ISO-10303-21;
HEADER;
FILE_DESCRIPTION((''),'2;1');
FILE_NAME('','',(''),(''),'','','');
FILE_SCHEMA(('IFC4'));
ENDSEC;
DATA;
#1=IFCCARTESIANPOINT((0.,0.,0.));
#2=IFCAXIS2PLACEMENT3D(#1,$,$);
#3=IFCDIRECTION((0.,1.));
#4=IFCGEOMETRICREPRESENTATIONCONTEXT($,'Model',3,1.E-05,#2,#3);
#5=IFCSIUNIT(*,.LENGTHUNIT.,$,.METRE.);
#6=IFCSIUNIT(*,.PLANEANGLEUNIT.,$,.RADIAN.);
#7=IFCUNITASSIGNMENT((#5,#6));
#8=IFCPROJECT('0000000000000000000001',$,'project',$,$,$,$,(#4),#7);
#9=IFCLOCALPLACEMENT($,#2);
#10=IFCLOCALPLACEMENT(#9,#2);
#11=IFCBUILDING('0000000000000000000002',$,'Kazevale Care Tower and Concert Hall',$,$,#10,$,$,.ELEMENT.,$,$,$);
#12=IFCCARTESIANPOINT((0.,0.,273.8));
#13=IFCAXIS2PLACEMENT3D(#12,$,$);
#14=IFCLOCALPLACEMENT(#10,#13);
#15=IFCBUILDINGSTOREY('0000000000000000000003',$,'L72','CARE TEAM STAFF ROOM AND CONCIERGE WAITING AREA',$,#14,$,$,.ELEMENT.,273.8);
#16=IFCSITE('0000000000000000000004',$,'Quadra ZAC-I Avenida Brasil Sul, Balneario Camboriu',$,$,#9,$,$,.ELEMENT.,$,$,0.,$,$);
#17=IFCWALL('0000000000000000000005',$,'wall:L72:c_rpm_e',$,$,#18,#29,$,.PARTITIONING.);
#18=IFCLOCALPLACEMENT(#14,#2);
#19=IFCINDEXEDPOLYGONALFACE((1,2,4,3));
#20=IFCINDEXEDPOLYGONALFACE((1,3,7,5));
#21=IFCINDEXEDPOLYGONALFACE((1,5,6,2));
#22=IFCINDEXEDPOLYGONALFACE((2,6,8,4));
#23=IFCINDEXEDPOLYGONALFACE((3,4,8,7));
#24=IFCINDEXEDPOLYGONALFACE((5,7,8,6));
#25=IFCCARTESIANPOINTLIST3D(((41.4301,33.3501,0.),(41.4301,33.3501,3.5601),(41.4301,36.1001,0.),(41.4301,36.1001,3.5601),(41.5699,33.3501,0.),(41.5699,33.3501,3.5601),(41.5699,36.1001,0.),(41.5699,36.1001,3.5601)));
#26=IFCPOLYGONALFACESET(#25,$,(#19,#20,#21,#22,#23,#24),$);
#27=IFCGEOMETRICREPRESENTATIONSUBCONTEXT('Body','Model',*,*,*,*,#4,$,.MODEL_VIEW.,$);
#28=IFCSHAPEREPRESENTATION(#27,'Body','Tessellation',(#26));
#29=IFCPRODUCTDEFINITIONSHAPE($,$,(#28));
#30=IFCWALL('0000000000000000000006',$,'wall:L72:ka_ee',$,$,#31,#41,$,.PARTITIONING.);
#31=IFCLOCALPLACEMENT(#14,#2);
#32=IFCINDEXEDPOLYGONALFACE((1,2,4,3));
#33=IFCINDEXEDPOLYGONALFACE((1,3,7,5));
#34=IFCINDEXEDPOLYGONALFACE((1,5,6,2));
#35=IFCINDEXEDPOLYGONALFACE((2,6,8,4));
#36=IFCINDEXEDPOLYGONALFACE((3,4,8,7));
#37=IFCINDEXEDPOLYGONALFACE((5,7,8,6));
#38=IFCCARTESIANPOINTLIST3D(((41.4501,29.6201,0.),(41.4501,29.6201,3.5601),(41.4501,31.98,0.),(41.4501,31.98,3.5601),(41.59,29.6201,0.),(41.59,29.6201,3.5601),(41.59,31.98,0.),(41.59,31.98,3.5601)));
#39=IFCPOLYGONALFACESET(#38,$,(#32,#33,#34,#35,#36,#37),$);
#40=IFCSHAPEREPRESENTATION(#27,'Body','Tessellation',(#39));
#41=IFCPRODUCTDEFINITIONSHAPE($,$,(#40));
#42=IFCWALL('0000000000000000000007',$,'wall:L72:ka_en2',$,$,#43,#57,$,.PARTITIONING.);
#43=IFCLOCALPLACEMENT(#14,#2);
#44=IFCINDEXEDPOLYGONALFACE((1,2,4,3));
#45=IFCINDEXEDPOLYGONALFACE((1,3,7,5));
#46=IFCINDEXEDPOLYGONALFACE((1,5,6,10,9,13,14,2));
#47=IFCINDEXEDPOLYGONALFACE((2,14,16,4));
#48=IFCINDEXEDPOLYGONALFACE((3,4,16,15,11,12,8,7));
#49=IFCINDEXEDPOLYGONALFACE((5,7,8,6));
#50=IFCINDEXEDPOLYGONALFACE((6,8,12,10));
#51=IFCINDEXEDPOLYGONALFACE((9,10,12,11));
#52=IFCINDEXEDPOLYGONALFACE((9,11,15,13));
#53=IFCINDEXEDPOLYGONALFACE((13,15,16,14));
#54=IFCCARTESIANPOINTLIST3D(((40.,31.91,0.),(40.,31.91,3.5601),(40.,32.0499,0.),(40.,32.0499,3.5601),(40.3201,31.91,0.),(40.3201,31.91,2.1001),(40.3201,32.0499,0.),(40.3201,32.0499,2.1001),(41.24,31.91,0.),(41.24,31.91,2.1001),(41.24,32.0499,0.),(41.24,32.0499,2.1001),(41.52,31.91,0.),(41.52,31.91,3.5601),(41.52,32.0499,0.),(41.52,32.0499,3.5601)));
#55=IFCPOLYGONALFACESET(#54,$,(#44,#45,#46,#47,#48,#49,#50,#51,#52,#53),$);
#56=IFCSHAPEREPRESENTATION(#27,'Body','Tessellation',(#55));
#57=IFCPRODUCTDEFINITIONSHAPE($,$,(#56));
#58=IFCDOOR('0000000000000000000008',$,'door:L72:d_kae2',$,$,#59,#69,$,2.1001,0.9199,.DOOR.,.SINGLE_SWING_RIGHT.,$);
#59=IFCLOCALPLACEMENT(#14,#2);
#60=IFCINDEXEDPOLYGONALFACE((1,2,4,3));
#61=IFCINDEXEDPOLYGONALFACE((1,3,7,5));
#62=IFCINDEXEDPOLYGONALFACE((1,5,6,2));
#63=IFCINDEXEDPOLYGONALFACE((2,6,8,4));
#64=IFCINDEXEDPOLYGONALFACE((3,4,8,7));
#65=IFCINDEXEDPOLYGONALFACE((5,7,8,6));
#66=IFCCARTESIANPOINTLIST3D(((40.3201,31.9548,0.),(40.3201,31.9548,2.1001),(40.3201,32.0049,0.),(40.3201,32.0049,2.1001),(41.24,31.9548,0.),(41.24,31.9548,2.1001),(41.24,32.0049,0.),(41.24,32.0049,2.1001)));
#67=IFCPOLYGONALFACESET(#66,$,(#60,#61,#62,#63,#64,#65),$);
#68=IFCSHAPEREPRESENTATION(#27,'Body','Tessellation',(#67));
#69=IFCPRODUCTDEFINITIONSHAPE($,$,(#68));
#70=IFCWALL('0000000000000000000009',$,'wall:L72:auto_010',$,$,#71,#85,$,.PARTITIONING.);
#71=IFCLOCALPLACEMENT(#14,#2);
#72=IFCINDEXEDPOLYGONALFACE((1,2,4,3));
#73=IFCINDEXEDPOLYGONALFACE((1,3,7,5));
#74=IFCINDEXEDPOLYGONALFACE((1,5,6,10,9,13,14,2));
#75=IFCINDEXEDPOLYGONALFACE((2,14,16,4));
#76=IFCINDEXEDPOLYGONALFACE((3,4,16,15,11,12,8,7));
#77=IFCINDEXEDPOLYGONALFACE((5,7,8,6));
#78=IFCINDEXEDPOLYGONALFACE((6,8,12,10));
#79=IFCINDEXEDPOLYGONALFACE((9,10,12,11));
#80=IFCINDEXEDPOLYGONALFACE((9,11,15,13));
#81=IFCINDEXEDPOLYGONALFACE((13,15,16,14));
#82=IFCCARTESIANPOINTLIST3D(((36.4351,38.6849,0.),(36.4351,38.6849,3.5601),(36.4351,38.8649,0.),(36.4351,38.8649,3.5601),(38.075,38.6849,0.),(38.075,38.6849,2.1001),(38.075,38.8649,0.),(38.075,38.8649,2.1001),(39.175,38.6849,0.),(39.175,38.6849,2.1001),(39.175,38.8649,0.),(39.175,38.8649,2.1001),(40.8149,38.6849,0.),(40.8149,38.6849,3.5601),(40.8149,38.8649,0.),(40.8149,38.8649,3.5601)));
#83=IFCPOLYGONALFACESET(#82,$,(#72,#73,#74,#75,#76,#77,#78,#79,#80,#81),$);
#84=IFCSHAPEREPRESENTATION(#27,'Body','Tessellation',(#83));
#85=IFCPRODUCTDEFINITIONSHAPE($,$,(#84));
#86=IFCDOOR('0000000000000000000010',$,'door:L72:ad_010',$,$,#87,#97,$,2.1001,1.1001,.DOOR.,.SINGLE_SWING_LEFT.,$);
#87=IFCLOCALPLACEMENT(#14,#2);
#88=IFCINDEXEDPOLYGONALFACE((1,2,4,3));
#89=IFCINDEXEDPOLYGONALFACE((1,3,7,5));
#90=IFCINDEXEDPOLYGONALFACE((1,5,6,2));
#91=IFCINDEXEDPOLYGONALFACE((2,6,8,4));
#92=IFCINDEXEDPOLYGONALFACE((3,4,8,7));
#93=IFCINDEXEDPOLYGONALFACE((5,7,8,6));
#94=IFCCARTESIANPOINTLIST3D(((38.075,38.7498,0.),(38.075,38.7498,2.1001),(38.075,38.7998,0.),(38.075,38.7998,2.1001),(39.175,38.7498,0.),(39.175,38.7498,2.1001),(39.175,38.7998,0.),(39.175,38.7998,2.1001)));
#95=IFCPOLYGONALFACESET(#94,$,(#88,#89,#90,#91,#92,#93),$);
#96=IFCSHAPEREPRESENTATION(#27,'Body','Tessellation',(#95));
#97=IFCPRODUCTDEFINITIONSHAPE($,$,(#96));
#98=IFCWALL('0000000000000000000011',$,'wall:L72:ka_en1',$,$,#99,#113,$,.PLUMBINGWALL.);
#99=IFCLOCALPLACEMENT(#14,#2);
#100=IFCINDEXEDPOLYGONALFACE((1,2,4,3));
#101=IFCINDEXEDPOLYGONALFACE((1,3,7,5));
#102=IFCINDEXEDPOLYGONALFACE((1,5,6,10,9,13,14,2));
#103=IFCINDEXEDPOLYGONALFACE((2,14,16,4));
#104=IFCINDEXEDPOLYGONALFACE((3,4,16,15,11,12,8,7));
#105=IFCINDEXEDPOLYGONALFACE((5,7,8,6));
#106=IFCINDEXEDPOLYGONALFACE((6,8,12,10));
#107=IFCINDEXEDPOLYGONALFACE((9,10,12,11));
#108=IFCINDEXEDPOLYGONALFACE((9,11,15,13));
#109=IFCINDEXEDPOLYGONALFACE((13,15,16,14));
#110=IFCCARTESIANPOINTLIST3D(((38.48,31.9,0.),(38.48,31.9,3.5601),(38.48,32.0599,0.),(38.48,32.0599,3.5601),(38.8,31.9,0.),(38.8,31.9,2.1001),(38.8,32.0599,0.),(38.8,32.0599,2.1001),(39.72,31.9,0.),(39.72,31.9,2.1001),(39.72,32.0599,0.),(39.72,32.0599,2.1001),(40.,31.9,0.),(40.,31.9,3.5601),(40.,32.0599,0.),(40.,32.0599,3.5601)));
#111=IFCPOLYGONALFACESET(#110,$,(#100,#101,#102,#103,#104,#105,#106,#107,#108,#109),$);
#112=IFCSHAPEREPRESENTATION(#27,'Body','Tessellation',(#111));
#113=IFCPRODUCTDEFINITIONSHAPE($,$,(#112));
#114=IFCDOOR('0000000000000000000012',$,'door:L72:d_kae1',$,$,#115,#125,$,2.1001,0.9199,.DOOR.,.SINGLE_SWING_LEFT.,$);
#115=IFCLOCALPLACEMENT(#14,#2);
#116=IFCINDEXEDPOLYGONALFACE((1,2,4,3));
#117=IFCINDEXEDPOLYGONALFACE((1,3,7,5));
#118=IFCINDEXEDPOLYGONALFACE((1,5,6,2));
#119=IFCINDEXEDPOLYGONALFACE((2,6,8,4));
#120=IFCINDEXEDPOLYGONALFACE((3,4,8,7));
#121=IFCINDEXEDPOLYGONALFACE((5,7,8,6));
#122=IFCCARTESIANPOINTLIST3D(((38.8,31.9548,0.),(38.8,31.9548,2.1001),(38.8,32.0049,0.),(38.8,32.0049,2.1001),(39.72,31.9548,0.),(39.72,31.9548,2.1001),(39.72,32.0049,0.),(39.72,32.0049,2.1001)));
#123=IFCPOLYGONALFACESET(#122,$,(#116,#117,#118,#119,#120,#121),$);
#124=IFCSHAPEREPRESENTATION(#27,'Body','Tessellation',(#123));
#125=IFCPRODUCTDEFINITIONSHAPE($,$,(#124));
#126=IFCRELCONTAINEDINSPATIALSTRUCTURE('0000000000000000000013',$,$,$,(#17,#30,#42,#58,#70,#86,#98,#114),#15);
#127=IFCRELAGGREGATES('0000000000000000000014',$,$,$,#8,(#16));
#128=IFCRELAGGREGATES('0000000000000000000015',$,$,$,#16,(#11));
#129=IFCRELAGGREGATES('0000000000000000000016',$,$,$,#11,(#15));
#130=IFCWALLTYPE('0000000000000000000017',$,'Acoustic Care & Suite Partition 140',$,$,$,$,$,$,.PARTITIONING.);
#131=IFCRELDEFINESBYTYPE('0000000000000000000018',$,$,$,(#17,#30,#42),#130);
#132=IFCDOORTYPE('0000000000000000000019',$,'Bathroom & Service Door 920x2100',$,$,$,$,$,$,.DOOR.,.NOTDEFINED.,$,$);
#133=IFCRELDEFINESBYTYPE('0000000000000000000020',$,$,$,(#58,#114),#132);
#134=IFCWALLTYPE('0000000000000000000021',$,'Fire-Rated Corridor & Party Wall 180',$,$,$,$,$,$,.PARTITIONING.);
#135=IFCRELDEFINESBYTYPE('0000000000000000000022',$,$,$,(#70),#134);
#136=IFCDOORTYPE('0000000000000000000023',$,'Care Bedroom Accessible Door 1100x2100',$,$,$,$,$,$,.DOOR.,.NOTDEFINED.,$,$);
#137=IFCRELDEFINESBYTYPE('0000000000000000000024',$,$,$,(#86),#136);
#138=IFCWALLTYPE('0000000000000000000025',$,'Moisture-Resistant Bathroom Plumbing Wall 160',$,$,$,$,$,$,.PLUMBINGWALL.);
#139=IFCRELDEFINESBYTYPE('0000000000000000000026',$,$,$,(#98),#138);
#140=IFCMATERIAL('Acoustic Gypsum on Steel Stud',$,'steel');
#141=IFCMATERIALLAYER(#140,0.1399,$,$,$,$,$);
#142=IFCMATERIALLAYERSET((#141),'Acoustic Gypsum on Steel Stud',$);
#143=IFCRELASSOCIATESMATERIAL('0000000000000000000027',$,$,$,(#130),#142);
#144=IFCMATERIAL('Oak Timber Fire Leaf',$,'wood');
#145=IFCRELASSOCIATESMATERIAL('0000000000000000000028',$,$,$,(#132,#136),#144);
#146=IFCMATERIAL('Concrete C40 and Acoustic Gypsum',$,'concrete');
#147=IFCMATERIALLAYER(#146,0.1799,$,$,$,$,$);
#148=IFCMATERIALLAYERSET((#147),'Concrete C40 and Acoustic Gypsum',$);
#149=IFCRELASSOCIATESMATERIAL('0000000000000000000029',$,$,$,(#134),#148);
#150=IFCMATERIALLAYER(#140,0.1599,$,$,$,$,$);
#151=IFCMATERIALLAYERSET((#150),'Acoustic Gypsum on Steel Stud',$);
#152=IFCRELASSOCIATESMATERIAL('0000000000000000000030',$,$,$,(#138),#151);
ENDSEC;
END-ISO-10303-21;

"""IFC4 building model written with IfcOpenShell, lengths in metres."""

from ifc_helpers import new_model, si_unit, direction, frame, frame_2d, origin, place, context, subcontext, project, spatial, rectangle, extrude, material, layer, layer_set, type_object, element, fill, save


model = new_model("IFC4")

# Units and contexts
model_context = context("Model", 3, precision=1e-05, world=origin(), true_north=direction((0.0, 1.0)))
body_context = subcontext(model_context, "Body", "Model", "MODEL_VIEW")
ifc_project = project(units=[si_unit("LENGTHUNIT", "METRE"), si_unit("PLANEANGLEUNIT", "RADIAN")], contexts=[model_context])

# Site, building, storey
site_placement = place(None, origin())
site = spatial("IfcSite", under=ifc_project, at=site_placement, Name="Quadra ZAC-I Avenida Brasil Sul, Balneario Camboriu", CompositionType="ELEMENT", RefElevation=0.0)
building_placement = place(site_placement, origin())
building = spatial("IfcBuilding", under=site, at=building_placement, Name="Kazevale Care Tower and Concert Hall", CompositionType="ELEMENT")
storey_placement = place(building_placement, frame((0.0, 0.0, 273.8)))
storey = spatial("IfcBuildingStorey", under=building, at=storey_placement, Name="L72", Description="CARE TEAM STAFF ROOM AND CONCIERGE WAITING AREA", CompositionType="ELEMENT", Elevation=273.8)

# Shared definitions
ifc_material_1 = material(Name="Acoustic Gypsum on Steel Stud", Category="steel")
ifc_layer_1 = layer(ifc_material_1, 0.1399)
ifc_layer_set_1 = layer_set([ifc_layer_1], Name="Acoustic Gypsum on Steel Stud")
wall_type_1 = type_object("IfcWallType", Name="Acoustic Care & Suite Partition 140", PredefinedType="PARTITIONING", material=ifc_layer_set_1)
ifc_material_2 = material(Name="Oak Timber Fire Leaf", Category="wood")
door_type_1 = type_object("IfcDoorType", Name="Bathroom & Service Door 920x2100", OperationType="NOTDEFINED", PredefinedType="DOOR", material=ifc_material_2)

# Walls
for number, where, z_axis, x_axis, name in (
    (1, (41.5, 33.3501, 0.0), (0.0, 0.0, 1.0), (0.0, 1.0, 0.0), "wall:L72:c_rpm_e"),
):
    element("IfcWall", number, at=place(storey_placement, frame(where, z_axis=z_axis, x_axis=x_axis)), inside=storey, type_object=wall_type_1, Name=name, PredefinedType="PARTITIONING", context=body_context, shape_type="SweptSolid", body=[
        extrude(rectangle(XDim=2.75, YDim=0.1399, at=frame_2d((1.375, 0.0))), origin(), (0.0, 0.0, 1.0), 3.5601),
    ])
wall_1_placement = place(storey_placement, frame((41.52, 29.6201, 0.0), z_axis=(0.0, 0.0, 1.0), x_axis=(0.0, 1.0, 0.0)))
element("IfcWall", 2, at=wall_1_placement, inside=storey, type_object=wall_type_1, Name="wall:L72:ka_ee", PredefinedType="PARTITIONING", context=body_context, shape_type="SweptSolid", body=[
    extrude(rectangle(XDim=2.3599, YDim=0.1399, at=frame_2d((1.1799, 0.0))), origin(), (0.0, 0.0, 1.0), 3.5601),
])

# Walls, openings, doors
wall_2_placement = place(storey_placement, frame((40.0, 31.98, 0.0), z_axis=(0.0, 0.0, 1.0), x_axis=(1.0, 0.0, 0.0)))
wall_2 = element("IfcWall", 3, at=wall_2_placement, inside=storey, type_object=wall_type_1, Name="wall:L72:ka_en2", PredefinedType="PARTITIONING", context=body_context, shape_type="SweptSolid", body=[
    extrude(rectangle(XDim=1.52, YDim=0.1399, at=frame_2d((0.76, 0.0))), origin(), (0.0, 0.0, 1.0), 3.5601),
])
opening_1_placement = place(wall_2_placement, frame((0.3201, 0.0, 0.0)))
opening_1 = element("IfcOpeningElement", 4, at=opening_1_placement, cuts=wall_2, PredefinedType="OPENING", context=body_context, shape_type="SweptSolid", body=[
    extrude(rectangle(XDim=0.9199, YDim=2.1001, at=frame_2d((0.46, 1.05))), frame((0.0, 0.0798, 0.0), z_axis=(0.0, -1.0, 0.0), x_axis=(1.0, 0.0, 0.0)), (0.0, 0.0, 1.0), 0.1599),
])
door_1_placement = place(opening_1_placement, origin())
door_1 = element("IfcDoor", 5, at=door_1_placement, inside=storey, type_object=door_type_1, Name="door:L72:d_kae2", OperationType="SINGLE_SWING_RIGHT", OverallHeight=2.1001, OverallWidth=0.9199, PredefinedType="DOOR", context=body_context, shape_type="SweptSolid", body=[
    extrude(rectangle(XDim=0.9199, YDim=2.1001, at=frame_2d((0.46, 1.05))), frame((0.0, 0.0249, 0.0), z_axis=(0.0, -1.0, 0.0), x_axis=(1.0, 0.0, 0.0)), (0.0, 0.0, 1.0), 0.05),
])
fill(opening_1, door_1)
ifc_material_3 = material(Name="Concrete C40 and Acoustic Gypsum", Category="concrete")
ifc_layer_2 = layer(ifc_material_3, 0.1799)
ifc_layer_set_2 = layer_set([ifc_layer_2], Name="Concrete C40 and Acoustic Gypsum")
wall_type_2 = type_object("IfcWallType", Name="Fire-Rated Corridor & Party Wall 180", PredefinedType="PARTITIONING", material=ifc_layer_set_2)
wall_3_placement = place(storey_placement, frame((36.4351, 38.7749, 0.0), z_axis=(0.0, 0.0, 1.0), x_axis=(1.0, 0.0, 0.0)))
wall_3 = element("IfcWall", 6, at=wall_3_placement, inside=storey, type_object=wall_type_2, Name="wall:L72:auto_010", PredefinedType="PARTITIONING", context=body_context, shape_type="SweptSolid", body=[
    extrude(rectangle(XDim=4.3799, YDim=0.1799, at=frame_2d((2.1899, 0.0))), origin(), (0.0, 0.0, 1.0), 3.5601),
])
opening_2_placement = place(wall_3_placement, frame((1.6399, 0.0, 0.0)))
opening_2 = element("IfcOpeningElement", 7, at=opening_2_placement, cuts=wall_3, PredefinedType="OPENING", context=body_context, shape_type="SweptSolid", body=[
    extrude(rectangle(XDim=1.1001, YDim=2.1001, at=frame_2d((0.55, 1.05))), frame((0.0, 0.0999, 0.0), z_axis=(0.0, -1.0, 0.0), x_axis=(1.0, 0.0, 0.0)), (0.0, 0.0, 1.0), 0.2),
])
door_type_2 = type_object("IfcDoorType", Name="Care Bedroom Accessible Door 1100x2100", OperationType="NOTDEFINED", PredefinedType="DOOR", material=ifc_material_2)
door_2_placement = place(opening_2_placement, origin())
door_2 = element("IfcDoor", 8, at=door_2_placement, inside=storey, type_object=door_type_2, Name="door:L72:ad_010", OperationType="SINGLE_SWING_LEFT", OverallHeight=2.1001, OverallWidth=1.1001, PredefinedType="DOOR", context=body_context, shape_type="SweptSolid", body=[
    extrude(rectangle(XDim=1.1001, YDim=2.1001, at=frame_2d((0.55, 1.05))), frame((0.0, 0.0249, 0.0), z_axis=(0.0, -1.0, 0.0), x_axis=(1.0, 0.0, 0.0)), (0.0, 0.0, 1.0), 0.05),
])
fill(opening_2, door_2)
ifc_layer_3 = layer(ifc_material_1, 0.1599)
ifc_layer_set_3 = layer_set([ifc_layer_3], Name="Acoustic Gypsum on Steel Stud")
wall_type_3 = type_object("IfcWallType", Name="Moisture-Resistant Bathroom Plumbing Wall 160", PredefinedType="PLUMBINGWALL", material=ifc_layer_set_3)
wall_4_placement = place(storey_placement, frame((38.48, 31.98, 0.0), z_axis=(0.0, 0.0, 1.0), x_axis=(1.0, 0.0, 0.0)))
wall_4 = element("IfcWall", 9, at=wall_4_placement, inside=storey, type_object=wall_type_3, Name="wall:L72:ka_en1", PredefinedType="PLUMBINGWALL", context=body_context, shape_type="SweptSolid", body=[
    extrude(rectangle(XDim=1.52, YDim=0.1599, at=frame_2d((0.76, 0.0))), origin(), (0.0, 0.0, 1.0), 3.5601),
])
opening_3_placement = place(wall_4_placement, frame((0.3201, 0.0, 0.0)))
opening_3 = element("IfcOpeningElement", 10, at=opening_3_placement, cuts=wall_4, PredefinedType="OPENING", context=body_context, shape_type="SweptSolid", body=[
    extrude(rectangle(XDim=0.9199, YDim=2.1001, at=frame_2d((0.46, 1.05))), frame((0.0, 0.0898, 0.0), z_axis=(0.0, -1.0, 0.0), x_axis=(1.0, 0.0, 0.0)), (0.0, 0.0, 1.0), 0.1799),
])
door_3_placement = place(opening_3_placement, origin())
door_3 = element("IfcDoor", 11, at=door_3_placement, inside=storey, type_object=door_type_1, Name="door:L72:d_kae1", OperationType="SINGLE_SWING_LEFT", OverallHeight=2.1001, OverallWidth=0.9199, PredefinedType="DOOR", context=body_context, shape_type="SweptSolid", body=[
    extrude(rectangle(XDim=0.9199, YDim=2.1001, at=frame_2d((0.46, 1.05))), frame((0.0, 0.0249, 0.0), z_axis=(0.0, -1.0, 0.0), x_axis=(1.0, 0.0, 0.0)), (0.0, 0.0, 1.0), 0.05),
])
fill(opening_3, door_3)

save(model, "model.ifc")
